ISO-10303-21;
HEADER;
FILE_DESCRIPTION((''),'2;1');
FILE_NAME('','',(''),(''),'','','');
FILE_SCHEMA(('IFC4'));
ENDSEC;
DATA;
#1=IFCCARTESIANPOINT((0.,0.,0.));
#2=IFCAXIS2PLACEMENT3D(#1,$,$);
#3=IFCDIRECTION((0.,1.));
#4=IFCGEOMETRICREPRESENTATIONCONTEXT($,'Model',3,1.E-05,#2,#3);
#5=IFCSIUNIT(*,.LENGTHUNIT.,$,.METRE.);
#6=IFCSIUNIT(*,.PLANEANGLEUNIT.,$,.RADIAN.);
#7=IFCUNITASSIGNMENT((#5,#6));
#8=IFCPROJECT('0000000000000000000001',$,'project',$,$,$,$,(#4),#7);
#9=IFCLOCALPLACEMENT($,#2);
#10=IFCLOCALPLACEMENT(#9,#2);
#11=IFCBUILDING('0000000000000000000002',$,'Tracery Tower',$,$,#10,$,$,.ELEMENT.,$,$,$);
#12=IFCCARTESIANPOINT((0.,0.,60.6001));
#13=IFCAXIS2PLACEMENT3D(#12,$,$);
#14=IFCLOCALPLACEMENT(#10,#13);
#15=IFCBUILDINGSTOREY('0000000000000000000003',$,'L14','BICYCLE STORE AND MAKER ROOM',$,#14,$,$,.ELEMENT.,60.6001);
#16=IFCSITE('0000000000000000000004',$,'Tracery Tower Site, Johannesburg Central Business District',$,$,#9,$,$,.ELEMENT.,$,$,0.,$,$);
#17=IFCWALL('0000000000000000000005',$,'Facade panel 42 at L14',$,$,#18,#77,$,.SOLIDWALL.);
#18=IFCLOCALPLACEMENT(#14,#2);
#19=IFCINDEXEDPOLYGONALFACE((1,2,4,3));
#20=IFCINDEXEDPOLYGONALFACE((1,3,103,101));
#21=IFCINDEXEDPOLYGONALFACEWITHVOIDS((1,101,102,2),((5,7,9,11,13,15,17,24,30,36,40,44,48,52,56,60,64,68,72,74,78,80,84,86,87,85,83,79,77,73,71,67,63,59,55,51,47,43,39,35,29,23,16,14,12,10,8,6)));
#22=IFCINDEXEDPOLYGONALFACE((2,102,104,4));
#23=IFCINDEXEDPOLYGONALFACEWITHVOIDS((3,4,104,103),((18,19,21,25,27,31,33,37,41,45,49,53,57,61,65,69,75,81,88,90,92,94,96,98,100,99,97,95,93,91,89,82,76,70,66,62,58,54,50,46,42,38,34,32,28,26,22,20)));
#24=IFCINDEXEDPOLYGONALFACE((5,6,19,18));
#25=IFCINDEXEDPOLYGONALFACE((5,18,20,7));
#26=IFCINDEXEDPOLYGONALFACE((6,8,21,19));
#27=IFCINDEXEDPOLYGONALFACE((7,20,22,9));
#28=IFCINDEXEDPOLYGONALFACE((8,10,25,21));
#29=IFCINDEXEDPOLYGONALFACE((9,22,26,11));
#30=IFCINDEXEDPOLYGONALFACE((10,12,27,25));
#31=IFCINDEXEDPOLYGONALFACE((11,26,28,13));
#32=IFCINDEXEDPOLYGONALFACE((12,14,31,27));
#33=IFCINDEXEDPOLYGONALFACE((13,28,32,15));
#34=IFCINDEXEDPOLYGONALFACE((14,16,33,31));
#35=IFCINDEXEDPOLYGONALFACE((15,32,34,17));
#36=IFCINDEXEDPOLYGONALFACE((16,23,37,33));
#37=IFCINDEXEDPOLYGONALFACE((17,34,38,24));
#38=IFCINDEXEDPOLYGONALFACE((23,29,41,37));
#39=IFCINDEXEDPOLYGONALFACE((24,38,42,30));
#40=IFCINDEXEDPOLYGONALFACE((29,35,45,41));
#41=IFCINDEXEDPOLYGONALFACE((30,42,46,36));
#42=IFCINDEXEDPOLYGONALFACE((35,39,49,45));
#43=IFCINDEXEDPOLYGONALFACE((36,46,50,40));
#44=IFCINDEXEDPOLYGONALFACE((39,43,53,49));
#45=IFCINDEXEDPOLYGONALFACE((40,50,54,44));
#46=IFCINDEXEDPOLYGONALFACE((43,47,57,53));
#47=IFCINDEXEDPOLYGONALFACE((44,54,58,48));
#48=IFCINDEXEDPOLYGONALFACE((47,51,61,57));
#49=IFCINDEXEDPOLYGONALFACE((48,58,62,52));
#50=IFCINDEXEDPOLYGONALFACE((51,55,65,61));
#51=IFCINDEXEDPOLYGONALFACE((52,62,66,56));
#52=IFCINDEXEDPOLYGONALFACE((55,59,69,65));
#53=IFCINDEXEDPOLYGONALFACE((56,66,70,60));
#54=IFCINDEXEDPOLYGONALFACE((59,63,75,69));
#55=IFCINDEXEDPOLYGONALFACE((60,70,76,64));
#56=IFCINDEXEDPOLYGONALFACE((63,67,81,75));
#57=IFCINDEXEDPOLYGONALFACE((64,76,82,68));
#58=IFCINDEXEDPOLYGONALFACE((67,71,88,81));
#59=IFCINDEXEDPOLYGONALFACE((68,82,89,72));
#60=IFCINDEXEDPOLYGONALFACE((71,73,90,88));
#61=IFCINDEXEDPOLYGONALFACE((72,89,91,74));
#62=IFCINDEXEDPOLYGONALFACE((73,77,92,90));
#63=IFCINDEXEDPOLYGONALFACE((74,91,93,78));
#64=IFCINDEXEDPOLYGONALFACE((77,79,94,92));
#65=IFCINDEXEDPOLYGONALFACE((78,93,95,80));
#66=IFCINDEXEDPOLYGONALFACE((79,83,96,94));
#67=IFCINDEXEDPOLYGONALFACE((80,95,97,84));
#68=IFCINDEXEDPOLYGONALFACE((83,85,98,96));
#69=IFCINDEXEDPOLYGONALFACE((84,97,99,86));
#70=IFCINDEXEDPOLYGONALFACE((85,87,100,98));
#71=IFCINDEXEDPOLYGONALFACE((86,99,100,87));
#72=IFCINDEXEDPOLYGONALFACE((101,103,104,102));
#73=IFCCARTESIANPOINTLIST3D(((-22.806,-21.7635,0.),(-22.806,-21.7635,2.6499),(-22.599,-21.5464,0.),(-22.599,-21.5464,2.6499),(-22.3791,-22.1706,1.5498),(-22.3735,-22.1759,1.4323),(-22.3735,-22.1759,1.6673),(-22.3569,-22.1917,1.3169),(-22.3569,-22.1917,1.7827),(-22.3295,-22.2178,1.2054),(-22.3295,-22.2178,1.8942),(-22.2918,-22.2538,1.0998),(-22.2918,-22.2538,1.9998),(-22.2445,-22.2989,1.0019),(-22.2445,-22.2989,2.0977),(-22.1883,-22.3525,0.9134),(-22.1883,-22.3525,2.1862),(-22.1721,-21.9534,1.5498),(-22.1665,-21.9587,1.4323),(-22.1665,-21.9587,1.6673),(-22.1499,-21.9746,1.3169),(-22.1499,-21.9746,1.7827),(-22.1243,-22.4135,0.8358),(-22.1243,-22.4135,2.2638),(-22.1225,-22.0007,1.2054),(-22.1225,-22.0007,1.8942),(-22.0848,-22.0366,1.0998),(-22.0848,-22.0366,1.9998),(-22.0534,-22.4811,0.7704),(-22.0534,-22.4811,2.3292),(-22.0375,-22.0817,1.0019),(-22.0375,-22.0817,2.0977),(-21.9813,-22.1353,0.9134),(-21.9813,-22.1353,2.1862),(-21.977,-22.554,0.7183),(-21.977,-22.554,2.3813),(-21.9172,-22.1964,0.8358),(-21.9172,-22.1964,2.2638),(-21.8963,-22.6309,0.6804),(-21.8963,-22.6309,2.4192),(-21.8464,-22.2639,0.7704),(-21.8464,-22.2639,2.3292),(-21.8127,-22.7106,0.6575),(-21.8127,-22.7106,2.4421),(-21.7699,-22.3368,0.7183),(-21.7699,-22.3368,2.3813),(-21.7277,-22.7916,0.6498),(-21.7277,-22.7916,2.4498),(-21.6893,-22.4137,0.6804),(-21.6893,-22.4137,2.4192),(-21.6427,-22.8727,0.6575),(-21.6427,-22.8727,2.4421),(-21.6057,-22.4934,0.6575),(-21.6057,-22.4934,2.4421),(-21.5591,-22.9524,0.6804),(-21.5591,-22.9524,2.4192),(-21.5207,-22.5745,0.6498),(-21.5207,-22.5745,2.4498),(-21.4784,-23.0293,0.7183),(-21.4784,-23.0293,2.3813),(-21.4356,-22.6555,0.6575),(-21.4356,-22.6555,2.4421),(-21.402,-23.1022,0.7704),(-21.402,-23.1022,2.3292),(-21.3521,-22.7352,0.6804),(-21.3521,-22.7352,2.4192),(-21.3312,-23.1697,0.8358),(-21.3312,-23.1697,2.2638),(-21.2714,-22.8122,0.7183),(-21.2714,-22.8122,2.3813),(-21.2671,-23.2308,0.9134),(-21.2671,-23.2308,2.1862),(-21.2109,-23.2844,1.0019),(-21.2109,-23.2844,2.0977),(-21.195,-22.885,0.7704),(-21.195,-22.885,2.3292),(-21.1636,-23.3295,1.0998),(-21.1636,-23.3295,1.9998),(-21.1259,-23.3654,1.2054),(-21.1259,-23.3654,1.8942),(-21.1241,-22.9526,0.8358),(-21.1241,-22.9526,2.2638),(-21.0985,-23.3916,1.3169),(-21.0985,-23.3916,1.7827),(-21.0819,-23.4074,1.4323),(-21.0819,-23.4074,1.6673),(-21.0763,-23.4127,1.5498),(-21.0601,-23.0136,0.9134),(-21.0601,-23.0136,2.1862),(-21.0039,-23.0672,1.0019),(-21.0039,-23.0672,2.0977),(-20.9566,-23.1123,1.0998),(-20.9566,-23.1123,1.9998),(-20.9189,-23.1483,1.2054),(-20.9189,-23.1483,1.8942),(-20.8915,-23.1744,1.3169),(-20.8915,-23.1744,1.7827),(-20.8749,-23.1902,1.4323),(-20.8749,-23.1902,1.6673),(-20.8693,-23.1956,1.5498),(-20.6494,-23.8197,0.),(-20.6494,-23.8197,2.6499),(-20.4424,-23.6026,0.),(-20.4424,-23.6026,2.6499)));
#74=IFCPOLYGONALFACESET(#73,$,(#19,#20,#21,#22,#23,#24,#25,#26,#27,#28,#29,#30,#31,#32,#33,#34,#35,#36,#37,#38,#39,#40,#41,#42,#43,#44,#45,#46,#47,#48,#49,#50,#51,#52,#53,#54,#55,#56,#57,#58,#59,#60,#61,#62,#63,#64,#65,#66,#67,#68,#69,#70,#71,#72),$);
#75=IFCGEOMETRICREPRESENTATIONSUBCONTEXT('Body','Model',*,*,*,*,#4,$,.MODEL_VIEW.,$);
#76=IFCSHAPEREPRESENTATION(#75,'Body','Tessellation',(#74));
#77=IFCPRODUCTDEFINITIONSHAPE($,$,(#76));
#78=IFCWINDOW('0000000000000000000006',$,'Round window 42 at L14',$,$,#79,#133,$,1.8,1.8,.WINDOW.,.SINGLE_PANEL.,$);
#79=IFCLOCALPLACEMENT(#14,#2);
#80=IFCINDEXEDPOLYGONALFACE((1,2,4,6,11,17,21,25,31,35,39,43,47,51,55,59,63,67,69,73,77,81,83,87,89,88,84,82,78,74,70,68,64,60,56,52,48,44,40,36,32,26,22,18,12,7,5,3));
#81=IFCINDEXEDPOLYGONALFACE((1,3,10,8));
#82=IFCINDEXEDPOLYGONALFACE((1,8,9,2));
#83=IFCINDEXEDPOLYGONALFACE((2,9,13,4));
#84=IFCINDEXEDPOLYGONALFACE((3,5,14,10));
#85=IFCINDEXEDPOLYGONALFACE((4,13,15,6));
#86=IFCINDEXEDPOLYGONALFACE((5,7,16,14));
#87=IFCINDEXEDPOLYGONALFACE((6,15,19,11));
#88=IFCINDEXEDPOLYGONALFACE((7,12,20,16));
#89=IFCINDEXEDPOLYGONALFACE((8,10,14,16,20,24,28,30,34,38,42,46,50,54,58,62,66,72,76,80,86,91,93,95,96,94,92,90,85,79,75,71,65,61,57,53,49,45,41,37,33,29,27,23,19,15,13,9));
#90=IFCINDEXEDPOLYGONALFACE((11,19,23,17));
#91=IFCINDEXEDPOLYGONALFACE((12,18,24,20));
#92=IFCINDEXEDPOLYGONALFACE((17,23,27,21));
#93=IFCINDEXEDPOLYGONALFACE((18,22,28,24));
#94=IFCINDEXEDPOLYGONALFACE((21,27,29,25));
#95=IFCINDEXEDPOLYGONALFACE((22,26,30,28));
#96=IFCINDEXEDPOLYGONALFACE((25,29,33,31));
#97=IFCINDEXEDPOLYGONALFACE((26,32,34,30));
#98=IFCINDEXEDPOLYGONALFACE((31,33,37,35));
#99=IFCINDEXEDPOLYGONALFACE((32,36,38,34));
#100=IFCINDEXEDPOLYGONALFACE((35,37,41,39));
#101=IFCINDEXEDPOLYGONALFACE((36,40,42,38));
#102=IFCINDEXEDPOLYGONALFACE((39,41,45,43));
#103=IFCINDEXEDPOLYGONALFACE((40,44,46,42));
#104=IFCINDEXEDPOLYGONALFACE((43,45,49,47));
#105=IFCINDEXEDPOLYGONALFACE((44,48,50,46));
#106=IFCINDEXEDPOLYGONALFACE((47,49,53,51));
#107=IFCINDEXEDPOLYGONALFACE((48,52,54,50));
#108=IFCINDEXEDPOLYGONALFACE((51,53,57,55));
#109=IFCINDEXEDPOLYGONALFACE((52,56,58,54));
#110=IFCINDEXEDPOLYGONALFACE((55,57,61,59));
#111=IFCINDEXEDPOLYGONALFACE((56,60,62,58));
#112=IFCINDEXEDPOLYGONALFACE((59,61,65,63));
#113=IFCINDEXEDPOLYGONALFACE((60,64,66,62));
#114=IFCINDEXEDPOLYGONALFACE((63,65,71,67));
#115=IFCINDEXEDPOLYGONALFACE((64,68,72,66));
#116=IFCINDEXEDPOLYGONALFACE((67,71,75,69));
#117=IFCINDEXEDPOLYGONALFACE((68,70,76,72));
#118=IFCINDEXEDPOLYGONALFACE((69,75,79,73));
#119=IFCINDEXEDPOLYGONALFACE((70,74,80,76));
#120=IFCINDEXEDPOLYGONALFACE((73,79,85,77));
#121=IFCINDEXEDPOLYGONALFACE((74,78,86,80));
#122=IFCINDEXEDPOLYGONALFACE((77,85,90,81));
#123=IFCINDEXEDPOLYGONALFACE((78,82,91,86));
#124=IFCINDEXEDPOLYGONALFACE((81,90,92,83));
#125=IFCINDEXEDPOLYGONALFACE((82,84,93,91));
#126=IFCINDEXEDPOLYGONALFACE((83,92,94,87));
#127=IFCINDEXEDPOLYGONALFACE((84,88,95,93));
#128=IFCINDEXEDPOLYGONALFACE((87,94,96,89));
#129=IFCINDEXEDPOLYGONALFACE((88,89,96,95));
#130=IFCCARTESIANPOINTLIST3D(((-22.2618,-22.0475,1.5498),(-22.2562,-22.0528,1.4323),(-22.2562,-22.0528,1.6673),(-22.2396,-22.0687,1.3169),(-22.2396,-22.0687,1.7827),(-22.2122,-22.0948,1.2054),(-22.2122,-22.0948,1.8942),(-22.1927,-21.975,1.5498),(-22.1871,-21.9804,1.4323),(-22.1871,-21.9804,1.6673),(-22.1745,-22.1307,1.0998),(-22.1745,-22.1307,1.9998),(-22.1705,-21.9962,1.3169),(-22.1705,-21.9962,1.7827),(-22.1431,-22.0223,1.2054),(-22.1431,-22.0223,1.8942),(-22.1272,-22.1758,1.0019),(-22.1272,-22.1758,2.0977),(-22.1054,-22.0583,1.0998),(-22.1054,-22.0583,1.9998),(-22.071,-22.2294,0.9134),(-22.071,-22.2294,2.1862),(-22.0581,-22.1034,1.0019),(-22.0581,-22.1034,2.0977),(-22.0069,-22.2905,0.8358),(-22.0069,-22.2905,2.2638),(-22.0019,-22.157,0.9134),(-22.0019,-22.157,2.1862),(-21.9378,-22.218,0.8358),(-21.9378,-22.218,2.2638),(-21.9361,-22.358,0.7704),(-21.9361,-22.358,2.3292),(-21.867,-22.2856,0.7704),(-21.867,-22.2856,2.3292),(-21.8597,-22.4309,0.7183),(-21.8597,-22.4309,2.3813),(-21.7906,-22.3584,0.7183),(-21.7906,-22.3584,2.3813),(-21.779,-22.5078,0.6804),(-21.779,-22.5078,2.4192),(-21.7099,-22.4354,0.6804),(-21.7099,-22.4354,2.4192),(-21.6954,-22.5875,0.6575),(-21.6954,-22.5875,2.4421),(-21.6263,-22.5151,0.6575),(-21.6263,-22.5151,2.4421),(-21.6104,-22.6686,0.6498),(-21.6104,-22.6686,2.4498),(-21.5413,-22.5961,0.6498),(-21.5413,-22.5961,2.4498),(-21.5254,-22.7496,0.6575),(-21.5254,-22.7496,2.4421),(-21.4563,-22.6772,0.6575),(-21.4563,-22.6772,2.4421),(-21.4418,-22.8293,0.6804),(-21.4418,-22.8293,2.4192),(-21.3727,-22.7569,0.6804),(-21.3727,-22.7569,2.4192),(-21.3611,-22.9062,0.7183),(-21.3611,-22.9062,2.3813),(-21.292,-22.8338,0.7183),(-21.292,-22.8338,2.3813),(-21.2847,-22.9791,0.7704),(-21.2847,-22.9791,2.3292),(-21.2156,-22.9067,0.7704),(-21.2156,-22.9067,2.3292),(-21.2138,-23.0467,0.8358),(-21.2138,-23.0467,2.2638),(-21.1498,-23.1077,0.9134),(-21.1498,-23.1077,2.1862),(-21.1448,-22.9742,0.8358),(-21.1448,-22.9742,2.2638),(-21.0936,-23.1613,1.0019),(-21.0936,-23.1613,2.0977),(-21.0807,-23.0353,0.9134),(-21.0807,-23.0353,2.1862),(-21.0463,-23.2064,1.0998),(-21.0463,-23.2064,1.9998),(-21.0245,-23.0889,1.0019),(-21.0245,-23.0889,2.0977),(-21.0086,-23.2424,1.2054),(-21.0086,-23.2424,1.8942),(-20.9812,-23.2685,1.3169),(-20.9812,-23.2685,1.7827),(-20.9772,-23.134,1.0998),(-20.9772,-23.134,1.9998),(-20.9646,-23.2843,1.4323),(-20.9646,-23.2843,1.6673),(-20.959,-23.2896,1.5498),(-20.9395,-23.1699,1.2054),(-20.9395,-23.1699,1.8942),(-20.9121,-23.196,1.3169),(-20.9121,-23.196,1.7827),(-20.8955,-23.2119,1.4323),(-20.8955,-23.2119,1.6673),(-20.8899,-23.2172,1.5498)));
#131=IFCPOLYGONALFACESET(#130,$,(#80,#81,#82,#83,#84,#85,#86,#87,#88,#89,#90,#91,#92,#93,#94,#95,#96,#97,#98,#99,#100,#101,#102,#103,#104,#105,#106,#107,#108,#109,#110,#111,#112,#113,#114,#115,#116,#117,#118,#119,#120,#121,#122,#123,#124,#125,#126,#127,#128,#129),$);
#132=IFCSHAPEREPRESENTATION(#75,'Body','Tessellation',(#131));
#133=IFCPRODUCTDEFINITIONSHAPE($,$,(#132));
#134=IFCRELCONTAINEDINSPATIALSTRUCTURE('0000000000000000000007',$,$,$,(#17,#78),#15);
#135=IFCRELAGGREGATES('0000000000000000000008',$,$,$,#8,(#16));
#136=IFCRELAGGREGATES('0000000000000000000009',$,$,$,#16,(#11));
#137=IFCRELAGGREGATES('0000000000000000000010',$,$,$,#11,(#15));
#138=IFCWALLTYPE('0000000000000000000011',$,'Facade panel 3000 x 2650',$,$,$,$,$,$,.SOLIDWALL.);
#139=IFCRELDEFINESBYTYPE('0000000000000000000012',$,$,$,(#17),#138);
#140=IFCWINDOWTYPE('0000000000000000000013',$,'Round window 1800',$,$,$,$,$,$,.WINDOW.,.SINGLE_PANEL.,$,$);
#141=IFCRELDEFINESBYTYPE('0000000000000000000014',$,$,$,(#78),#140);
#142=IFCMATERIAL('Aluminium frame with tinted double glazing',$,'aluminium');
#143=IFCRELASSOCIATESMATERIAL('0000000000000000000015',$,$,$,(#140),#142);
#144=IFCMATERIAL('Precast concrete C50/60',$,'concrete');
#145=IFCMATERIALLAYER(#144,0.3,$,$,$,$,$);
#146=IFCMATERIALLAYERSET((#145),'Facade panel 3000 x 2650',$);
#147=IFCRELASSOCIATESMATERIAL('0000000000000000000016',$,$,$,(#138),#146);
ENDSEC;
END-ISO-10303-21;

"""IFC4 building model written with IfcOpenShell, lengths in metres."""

from ifc_helpers import new_model, si_unit, direction, frame, frame_2d, origin, origin_2d, place, context, subcontext, project, spatial, rectangle, circle, extrude, material, layer, layer_set, type_object, element, fill, save


model = new_model("IFC4")

# Units and contexts
model_context = context("Model", 3, precision=1e-05, world=origin(), true_north=direction((0.0, 1.0)))
body_context = subcontext(model_context, "Body", "Model", "MODEL_VIEW")
ifc_project = project(units=[si_unit("LENGTHUNIT", "METRE"), si_unit("PLANEANGLEUNIT", "RADIAN")], contexts=[model_context])

# Site, building, storey
site_placement = place(None, origin())
site = spatial("IfcSite", under=ifc_project, at=site_placement, Name="Tracery Tower Site, Johannesburg Central Business District", CompositionType="ELEMENT", RefElevation=0.0)
building_placement = place(site_placement, origin())
building = spatial("IfcBuilding", under=site, at=building_placement, Name="Tracery Tower", CompositionType="ELEMENT")
storey_placement = place(building_placement, frame((0.0, 0.0, 60.6001)))
storey = spatial("IfcBuildingStorey", under=building, at=storey_placement, Name="L14", Description="BICYCLE STORE AND MAKER ROOM", CompositionType="ELEMENT", Elevation=60.6001)

# Wall, opening, window
ifc_material_1 = material(Name="Aluminium frame with tinted double glazing", Category="aluminium")
window_type = type_object("IfcWindowType", Name="Round window 1800", PartitioningType="SINGLE_PANEL", PredefinedType="WINDOW", material=ifc_material_1)
ifc_material_2 = material(Name="Precast concrete C50/60", Category="concrete")
ifc_layer_1 = layer(ifc_material_2, 0.3)
ifc_layer_set_1 = layer_set([ifc_layer_1], Name="Facade panel 3000 x 2650")
wall_type_1 = type_object("IfcWallType", Name="Facade panel 3000 x 2650", PredefinedType="SOLIDWALL", material=ifc_layer_set_1)
wall_1_placement = place(storey_placement, frame((-22.7024, -21.655, 0.0), z_axis=(0.0, 0.0, 1.0), x_axis=(0.723744, -0.690068, 0.0)))
wall_1 = element("IfcWall", 1, at=wall_1_placement, inside=storey, type_object=wall_type_1, Name="Facade panel 42 at L14", PredefinedType="SOLIDWALL", context=body_context, shape_type="SweptSolid", body=[
    extrude(rectangle(XDim=2.9797, YDim=0.3, at=frame_2d((1.4897, 0.0))), origin(), (0.0, 0.0, 1.0), 2.6499),
])
opening_1_placement = place(wall_1_placement, frame((1.4897, 0.0, 1.5498)))
opening_1 = element("IfcOpeningElement", 2, at=opening_1_placement, cuts=wall_1, PredefinedType="OPENING", context=body_context, shape_type="SweptSolid", body=[
    extrude(circle(Radius=0.9, at=origin_2d()), frame((0.0, 0.1599, 0.0), z_axis=(0.0, -1.0, 0.0), x_axis=(1.0, 0.0, 0.0)), (0.0, 0.0, 1.0), 0.3201),
])
window_1_placement = place(opening_1_placement, origin())
window_1 = element("IfcWindow", 3, at=window_1_placement, inside=storey, type_object=window_type, Name="Round window 42 at L14", OverallHeight=1.8, OverallWidth=1.8, PartitioningType="SINGLE_PANEL", PredefinedType="WINDOW", context=body_context, shape_type="SweptSolid", body=[
    extrude(circle(Radius=0.9, at=origin_2d()), frame((0.0, 0.1201, 0.0), z_axis=(0.0, -1.0, 0.0), x_axis=(1.0, 0.0, 0.0)), (0.0, 0.0, 1.0), 0.1001),
])
fill(opening_1, window_1)

save(model, "model.ifc")
